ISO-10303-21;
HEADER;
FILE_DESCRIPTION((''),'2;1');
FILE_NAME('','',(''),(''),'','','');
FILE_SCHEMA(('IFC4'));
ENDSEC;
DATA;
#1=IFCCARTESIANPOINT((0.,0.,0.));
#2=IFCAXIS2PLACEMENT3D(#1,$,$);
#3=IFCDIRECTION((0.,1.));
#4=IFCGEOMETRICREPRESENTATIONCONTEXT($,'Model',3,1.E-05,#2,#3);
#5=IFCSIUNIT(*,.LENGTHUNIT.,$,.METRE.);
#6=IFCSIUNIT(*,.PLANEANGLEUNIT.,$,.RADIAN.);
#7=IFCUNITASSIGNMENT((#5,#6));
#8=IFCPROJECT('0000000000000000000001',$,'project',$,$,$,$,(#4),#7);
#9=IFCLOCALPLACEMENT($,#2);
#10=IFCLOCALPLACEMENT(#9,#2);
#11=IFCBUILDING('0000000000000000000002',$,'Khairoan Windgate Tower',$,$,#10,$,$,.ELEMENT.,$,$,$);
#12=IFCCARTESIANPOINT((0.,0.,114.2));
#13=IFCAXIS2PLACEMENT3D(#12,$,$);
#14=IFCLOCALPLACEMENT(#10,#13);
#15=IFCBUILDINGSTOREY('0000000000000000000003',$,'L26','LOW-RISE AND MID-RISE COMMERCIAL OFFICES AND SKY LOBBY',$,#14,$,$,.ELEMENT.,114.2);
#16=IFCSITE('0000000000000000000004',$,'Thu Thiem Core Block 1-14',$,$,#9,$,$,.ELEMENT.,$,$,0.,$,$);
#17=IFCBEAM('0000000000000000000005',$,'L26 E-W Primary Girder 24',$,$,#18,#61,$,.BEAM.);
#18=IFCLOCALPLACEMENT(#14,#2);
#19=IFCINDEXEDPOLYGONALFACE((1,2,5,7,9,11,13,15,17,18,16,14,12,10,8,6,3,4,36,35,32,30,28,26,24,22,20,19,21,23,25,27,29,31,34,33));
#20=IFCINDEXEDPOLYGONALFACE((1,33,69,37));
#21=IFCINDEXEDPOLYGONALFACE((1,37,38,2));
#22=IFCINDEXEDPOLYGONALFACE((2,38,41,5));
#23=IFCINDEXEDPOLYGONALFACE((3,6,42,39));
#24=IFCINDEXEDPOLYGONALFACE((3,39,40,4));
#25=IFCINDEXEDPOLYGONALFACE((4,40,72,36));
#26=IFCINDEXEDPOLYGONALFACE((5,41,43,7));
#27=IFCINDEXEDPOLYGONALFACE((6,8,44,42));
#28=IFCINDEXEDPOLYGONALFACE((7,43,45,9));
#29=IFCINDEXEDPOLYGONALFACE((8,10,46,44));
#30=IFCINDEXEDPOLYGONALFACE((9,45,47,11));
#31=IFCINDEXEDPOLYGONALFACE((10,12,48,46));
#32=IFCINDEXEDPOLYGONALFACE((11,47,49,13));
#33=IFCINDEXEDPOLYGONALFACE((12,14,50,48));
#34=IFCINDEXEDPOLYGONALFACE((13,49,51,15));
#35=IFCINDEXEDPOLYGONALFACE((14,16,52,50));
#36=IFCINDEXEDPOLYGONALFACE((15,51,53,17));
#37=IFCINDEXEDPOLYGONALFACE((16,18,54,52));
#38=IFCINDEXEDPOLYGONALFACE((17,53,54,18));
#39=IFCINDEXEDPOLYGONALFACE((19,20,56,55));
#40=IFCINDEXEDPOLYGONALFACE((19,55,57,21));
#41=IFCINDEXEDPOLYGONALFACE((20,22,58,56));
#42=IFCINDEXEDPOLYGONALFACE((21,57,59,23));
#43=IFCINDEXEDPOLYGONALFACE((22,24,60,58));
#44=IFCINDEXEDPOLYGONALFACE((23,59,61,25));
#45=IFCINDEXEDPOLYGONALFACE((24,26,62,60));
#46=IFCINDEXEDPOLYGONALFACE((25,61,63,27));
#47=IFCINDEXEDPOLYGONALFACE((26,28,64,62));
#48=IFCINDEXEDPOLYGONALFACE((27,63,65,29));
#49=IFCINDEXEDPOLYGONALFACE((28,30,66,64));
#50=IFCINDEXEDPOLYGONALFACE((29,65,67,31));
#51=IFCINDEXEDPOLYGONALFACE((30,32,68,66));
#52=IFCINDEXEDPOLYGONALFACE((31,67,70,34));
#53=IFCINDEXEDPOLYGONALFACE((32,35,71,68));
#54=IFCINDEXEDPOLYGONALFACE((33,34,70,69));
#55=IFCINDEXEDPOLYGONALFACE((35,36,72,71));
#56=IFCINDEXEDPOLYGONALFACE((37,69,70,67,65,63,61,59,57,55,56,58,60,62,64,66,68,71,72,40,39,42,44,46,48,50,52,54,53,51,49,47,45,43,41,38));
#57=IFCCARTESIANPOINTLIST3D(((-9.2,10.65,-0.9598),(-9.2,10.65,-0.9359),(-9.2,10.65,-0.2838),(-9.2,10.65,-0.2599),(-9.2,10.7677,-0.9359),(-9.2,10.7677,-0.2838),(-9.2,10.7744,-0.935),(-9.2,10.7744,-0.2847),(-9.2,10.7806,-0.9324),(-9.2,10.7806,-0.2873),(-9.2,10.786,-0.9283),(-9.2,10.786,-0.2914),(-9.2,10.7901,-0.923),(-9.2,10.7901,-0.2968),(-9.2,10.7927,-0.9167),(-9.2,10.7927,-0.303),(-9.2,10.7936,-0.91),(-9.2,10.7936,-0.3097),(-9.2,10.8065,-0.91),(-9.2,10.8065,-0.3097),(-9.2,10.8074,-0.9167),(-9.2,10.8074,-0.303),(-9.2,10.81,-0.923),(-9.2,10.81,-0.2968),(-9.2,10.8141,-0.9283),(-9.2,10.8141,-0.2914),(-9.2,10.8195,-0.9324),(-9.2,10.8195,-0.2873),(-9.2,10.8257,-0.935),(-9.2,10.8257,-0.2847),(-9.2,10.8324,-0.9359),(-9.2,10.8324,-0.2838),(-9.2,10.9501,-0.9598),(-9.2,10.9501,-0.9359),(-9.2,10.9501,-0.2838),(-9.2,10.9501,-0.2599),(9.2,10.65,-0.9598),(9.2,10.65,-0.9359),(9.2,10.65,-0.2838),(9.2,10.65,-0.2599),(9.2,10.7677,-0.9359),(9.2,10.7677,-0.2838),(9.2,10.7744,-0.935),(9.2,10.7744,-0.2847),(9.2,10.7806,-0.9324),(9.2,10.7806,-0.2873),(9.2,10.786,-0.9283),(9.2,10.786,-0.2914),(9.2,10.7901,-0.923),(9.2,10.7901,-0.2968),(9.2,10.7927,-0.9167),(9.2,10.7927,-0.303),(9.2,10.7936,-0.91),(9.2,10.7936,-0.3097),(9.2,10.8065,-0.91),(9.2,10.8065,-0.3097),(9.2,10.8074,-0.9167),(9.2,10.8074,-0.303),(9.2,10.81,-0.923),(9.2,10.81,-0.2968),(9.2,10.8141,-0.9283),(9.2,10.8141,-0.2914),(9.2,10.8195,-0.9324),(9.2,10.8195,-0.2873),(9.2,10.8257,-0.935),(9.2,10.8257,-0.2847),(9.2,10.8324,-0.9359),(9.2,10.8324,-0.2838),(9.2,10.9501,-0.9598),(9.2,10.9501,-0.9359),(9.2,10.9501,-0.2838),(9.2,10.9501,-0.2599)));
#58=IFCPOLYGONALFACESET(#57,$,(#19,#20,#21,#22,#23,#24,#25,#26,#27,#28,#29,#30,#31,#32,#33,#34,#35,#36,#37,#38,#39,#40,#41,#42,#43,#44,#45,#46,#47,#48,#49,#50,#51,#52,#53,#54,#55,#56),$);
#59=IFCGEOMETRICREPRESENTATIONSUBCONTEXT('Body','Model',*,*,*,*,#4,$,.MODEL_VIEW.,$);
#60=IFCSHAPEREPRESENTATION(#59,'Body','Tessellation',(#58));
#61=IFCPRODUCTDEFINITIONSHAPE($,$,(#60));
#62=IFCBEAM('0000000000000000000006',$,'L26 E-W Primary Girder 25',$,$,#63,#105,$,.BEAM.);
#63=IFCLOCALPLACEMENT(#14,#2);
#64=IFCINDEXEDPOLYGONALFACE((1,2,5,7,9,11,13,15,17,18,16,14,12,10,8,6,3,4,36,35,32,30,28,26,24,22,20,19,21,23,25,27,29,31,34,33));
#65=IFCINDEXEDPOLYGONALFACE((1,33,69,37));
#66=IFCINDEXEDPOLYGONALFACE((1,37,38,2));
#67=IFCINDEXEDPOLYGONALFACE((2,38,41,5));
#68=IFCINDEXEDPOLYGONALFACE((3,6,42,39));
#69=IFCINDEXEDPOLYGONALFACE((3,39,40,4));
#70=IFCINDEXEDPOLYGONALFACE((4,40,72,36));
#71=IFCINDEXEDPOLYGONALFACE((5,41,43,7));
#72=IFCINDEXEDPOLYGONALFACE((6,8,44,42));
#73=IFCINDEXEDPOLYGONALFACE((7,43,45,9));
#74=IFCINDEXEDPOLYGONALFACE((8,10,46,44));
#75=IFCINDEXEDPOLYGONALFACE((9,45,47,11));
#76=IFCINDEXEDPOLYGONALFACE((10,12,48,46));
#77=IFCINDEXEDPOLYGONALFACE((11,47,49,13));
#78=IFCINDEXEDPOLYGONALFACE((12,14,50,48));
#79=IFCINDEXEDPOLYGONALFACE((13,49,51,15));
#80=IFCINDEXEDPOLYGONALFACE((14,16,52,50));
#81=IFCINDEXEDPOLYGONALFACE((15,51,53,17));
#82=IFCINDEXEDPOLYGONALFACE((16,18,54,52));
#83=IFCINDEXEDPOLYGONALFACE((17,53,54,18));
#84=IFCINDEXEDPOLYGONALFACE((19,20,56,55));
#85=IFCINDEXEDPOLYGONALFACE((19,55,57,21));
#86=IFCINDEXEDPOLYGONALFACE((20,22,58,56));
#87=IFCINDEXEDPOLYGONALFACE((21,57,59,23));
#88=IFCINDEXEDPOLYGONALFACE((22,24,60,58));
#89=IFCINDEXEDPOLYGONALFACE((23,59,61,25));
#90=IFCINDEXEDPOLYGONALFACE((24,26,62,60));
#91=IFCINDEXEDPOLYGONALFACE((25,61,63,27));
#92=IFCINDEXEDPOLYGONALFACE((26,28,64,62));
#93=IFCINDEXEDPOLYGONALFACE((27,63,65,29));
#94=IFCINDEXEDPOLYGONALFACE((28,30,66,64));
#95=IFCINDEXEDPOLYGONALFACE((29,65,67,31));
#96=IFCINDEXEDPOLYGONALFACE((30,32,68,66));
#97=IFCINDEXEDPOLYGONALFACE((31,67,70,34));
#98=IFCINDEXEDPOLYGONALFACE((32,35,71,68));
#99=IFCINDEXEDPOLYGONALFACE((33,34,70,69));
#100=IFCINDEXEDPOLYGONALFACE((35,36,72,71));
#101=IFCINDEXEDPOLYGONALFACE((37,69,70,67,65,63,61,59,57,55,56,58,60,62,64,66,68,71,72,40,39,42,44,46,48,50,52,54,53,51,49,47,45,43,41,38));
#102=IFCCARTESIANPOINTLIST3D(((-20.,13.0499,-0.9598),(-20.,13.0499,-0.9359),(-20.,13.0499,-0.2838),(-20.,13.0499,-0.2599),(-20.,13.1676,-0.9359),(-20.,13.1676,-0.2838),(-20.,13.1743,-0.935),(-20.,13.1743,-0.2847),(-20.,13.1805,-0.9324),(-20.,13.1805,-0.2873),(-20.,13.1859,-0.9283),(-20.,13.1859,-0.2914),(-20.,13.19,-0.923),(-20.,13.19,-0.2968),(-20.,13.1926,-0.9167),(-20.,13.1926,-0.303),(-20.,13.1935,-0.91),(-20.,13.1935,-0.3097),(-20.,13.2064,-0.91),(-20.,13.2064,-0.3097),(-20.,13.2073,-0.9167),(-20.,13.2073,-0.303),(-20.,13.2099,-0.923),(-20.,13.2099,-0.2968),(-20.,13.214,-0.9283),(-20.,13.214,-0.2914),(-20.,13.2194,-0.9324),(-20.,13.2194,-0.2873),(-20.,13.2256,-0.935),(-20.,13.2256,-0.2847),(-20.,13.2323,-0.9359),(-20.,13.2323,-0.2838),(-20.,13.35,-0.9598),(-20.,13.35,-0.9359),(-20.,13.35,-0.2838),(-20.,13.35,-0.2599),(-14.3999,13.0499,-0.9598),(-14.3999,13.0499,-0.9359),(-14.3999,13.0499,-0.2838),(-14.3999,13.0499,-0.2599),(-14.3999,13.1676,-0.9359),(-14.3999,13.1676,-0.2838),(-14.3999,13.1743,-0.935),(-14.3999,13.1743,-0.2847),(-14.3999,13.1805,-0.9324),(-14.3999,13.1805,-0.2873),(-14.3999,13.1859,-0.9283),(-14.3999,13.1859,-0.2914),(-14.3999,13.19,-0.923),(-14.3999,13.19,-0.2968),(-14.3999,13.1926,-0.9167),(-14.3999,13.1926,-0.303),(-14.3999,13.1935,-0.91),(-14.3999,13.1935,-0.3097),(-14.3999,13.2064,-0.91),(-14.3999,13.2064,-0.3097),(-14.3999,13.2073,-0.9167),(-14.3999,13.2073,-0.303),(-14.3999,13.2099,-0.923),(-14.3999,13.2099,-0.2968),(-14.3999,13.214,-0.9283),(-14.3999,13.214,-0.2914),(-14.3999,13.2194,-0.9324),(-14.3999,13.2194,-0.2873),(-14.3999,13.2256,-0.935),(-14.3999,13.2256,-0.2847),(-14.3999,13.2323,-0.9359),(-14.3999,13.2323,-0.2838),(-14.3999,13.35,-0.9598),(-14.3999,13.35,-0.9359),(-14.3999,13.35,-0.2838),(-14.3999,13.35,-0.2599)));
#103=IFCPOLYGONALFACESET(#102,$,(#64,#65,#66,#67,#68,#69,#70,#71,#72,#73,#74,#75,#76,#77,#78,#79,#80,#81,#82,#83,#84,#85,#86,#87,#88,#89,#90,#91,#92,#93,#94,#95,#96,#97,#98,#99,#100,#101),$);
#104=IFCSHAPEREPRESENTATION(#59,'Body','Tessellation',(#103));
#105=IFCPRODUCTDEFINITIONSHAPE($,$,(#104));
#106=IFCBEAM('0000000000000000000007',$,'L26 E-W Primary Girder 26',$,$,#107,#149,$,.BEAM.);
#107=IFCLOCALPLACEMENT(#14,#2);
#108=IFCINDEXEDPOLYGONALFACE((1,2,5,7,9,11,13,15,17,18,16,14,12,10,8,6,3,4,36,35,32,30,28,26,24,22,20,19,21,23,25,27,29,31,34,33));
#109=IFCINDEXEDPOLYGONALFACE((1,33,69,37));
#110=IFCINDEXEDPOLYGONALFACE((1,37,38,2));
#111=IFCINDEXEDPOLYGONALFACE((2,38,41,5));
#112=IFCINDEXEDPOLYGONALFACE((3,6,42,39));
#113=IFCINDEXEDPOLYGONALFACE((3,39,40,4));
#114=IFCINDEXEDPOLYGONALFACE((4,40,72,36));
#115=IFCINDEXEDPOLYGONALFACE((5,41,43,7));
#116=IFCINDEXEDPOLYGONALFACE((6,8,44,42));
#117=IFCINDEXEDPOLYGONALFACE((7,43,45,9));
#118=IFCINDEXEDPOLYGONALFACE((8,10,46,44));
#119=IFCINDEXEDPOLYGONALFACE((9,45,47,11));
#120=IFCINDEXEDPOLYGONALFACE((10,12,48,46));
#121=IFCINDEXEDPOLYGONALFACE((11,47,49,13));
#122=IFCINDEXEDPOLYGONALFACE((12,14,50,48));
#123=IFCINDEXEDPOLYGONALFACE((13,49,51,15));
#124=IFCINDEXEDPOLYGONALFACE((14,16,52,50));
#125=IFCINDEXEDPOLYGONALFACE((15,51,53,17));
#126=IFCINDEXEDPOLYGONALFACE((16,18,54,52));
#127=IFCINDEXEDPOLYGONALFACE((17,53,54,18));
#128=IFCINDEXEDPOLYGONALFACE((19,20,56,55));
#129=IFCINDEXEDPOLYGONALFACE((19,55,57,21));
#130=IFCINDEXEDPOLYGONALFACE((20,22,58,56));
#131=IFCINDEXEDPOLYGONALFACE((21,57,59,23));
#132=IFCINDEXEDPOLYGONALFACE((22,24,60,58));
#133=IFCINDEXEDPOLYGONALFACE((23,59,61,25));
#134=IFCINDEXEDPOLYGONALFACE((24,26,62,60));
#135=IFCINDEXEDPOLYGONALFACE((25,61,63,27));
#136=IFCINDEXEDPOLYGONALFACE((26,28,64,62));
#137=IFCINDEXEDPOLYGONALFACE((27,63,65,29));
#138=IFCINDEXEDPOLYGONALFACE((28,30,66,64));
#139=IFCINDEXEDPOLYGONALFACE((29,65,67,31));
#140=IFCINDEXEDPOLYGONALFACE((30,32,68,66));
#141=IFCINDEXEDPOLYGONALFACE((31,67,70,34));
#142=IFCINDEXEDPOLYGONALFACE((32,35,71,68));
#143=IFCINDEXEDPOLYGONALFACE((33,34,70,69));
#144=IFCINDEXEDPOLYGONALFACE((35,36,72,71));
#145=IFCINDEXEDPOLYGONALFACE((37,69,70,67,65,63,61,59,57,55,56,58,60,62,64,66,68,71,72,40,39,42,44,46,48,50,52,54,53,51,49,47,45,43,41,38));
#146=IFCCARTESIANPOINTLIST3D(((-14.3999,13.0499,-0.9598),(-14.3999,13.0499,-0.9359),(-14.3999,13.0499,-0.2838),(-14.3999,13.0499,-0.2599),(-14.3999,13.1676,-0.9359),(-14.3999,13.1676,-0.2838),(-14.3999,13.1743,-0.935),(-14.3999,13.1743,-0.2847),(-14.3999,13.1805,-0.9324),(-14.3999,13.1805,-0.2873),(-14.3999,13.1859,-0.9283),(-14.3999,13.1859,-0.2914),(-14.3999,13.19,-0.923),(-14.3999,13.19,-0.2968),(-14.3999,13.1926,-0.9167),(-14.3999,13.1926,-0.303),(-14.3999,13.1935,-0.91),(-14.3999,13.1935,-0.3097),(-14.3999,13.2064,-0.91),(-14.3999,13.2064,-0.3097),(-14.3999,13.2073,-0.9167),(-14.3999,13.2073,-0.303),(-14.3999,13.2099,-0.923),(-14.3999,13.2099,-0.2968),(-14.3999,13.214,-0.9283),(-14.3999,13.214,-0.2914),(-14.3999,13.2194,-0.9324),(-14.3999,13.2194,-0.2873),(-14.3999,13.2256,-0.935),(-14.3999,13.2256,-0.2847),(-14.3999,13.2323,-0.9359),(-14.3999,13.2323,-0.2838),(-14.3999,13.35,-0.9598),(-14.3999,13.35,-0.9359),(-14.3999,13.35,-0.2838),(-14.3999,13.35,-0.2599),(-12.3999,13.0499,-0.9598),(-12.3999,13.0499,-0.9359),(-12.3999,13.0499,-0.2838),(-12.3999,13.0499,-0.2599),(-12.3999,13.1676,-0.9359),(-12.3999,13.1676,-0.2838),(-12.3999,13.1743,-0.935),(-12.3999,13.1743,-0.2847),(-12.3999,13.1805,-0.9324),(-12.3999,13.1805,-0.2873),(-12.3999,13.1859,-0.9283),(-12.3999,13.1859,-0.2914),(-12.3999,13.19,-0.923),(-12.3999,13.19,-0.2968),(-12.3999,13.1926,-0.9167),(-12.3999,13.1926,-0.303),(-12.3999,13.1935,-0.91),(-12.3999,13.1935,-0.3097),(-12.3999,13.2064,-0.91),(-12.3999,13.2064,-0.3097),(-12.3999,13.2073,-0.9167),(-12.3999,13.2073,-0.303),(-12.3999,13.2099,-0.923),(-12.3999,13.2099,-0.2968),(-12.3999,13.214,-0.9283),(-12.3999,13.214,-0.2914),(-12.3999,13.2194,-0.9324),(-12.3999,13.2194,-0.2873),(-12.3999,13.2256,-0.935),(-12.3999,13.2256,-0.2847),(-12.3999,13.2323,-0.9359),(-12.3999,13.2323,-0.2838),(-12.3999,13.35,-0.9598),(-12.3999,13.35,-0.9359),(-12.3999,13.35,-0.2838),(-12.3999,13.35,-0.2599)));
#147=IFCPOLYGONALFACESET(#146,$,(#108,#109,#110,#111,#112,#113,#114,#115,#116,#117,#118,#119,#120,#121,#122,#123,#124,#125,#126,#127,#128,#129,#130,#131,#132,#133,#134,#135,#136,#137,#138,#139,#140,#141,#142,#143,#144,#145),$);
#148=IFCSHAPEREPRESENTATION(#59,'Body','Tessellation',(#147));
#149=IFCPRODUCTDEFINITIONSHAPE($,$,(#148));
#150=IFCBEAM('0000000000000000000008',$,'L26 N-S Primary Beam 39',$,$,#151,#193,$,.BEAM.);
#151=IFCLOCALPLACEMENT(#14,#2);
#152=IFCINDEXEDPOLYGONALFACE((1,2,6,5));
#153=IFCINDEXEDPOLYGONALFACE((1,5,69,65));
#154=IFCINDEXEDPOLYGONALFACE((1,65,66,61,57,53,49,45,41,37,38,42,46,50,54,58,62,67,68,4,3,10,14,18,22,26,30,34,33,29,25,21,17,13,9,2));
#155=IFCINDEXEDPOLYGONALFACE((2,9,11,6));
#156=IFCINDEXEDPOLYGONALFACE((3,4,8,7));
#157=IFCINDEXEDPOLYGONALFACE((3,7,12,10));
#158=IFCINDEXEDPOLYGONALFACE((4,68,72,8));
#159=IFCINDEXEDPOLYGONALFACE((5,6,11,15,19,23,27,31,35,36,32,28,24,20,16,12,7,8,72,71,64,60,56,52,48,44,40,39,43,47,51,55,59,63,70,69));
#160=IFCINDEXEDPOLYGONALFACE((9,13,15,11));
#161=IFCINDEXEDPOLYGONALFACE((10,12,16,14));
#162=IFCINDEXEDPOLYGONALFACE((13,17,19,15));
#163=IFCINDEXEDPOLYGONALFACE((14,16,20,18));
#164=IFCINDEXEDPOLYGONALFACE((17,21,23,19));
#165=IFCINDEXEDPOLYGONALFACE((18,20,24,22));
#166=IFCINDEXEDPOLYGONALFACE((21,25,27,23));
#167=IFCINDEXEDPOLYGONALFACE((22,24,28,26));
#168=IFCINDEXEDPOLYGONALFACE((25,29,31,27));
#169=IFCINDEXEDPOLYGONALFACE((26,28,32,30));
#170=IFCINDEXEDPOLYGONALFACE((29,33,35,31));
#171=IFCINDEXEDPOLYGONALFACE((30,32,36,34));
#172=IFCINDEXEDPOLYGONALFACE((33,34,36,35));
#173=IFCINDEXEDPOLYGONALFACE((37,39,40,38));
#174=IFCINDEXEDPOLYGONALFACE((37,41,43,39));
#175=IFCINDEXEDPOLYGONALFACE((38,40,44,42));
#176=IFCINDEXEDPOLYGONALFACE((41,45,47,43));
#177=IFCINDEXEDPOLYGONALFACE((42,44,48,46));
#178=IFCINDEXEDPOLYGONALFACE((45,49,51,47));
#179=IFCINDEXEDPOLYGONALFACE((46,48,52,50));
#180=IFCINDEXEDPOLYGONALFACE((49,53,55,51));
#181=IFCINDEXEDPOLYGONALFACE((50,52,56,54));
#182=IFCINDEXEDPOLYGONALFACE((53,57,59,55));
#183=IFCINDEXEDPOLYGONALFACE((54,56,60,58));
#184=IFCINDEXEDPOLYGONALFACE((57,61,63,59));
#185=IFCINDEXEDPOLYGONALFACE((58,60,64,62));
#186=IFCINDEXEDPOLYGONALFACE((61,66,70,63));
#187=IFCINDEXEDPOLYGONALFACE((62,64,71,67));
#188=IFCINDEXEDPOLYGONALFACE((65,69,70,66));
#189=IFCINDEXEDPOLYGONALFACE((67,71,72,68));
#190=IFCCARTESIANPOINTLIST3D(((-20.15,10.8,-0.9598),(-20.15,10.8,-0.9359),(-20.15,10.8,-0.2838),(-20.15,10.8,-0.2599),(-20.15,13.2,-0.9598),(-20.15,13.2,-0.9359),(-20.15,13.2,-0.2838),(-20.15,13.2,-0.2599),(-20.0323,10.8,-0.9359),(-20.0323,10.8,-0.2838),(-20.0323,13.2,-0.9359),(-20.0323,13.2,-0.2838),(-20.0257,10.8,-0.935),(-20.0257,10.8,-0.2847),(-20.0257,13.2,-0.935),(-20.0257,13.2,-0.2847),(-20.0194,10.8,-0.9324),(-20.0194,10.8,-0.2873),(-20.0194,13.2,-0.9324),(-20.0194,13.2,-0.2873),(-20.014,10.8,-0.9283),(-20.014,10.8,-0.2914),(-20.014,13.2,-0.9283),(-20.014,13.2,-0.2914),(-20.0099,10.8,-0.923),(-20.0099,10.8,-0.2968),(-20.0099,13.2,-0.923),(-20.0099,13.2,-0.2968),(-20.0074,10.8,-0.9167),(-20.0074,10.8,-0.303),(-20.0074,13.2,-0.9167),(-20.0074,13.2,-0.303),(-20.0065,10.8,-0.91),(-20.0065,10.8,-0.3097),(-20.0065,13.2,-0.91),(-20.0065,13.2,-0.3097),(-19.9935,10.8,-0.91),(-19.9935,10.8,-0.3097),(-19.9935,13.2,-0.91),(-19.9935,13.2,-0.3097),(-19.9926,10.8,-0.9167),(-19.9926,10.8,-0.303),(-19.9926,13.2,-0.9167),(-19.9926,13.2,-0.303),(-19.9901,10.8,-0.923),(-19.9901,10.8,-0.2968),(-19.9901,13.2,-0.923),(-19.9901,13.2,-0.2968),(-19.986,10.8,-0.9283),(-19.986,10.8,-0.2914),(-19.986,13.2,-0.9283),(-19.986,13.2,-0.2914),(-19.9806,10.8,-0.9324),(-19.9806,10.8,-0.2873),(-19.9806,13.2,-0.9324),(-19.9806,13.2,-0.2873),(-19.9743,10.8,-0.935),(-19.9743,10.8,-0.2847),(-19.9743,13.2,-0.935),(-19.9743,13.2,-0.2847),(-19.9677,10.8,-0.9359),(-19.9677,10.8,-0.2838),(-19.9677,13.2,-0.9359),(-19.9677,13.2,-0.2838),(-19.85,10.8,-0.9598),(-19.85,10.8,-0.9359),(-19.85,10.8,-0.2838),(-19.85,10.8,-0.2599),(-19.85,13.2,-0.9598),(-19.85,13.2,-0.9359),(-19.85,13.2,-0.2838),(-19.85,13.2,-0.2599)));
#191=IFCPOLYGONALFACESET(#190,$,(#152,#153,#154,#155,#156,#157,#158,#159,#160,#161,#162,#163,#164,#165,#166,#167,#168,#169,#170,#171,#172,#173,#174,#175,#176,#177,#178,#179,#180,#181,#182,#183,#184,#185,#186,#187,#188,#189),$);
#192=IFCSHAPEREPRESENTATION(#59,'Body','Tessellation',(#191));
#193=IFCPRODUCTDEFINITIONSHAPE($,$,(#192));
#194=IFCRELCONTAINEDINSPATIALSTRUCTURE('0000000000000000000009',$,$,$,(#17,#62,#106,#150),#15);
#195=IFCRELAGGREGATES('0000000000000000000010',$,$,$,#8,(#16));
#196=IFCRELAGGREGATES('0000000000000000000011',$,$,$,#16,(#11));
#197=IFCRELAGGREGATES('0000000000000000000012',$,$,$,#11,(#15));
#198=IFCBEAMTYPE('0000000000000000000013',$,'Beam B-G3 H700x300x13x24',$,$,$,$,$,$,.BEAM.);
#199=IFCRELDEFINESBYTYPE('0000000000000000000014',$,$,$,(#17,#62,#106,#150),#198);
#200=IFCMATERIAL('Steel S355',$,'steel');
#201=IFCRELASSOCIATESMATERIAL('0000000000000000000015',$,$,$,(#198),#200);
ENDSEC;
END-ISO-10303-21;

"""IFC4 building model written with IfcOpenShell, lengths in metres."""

from ifc_helpers import new_model, si_unit, direction, frame, origin, origin_2d, place, context, subcontext, project, spatial, i_section, extrude, material, material_profile, profile_set, type_object, element, save


model = new_model("IFC4")

# Units and contexts
model_context = context("Model", 3, precision=1e-05, world=origin(), true_north=direction((0.0, 1.0)))
body_context = subcontext(model_context, "Body", "Model", "MODEL_VIEW")
ifc_project = project(units=[si_unit("LENGTHUNIT", "METRE"), si_unit("PLANEANGLEUNIT", "RADIAN")], contexts=[model_context])

# Site, building, storey
site_placement = place(None, origin())
site = spatial("IfcSite", under=ifc_project, at=site_placement, Name="Thu Thiem Core Block 1-14", CompositionType="ELEMENT", RefElevation=0.0)
building_placement = place(site_placement, origin())
building = spatial("IfcBuilding", under=site, at=building_placement, Name="Khairoan Windgate Tower", CompositionType="ELEMENT")
storey_placement = place(building_placement, frame((0.0, 0.0, 114.2)))
storey = spatial("IfcBuildingStorey", under=building, at=storey_placement, Name="L26", Description="LOW-RISE AND MID-RISE COMMERCIAL OFFICES AND SKY LOBBY", CompositionType="ELEMENT", Elevation=114.2)

# Beams
ifc_material_1 = material(Name="Steel S355", Category="steel")
ifc_material_profile_1 = material_profile(ifc_material_1, i_section(OverallWidth=0.3, OverallDepth=0.7, WebThickness=0.0129, FlangeThickness=0.0239, FilletRadius=0.0259, at=origin_2d()))
ifc_profile_set_1 = profile_set([ifc_material_profile_1], Name="Steel S355")
beam_type_1 = type_object("IfcBeamType", Name="Beam B-G3 H700x300x13x24", PredefinedType="BEAM", material=ifc_profile_set_1)
beam_1_placement = place(storey_placement, frame((-9.2, 10.8, -0.6099), z_axis=(1.0, 0.0, 0.0), x_axis=(0.0, 1.0, 0.0)))
element("IfcBeam", 1, at=beam_1_placement, inside=storey, type_object=beam_type_1, Name="L26 E-W Primary Girder 24", PredefinedType="BEAM", context=body_context, shape_type="SweptSolid", body=[
    extrude(i_section(OverallWidth=0.3, OverallDepth=0.7, WebThickness=0.0129, FlangeThickness=0.0239, FilletRadius=0.0259, at=origin_2d()), origin(), (0.0, 0.0, 1.0), 18.3999),
])
beam_2_placement = place(storey_placement, frame((-20.0, 13.2, -0.6099), z_axis=(1.0, 0.0, 0.0), x_axis=(0.0, 1.0, 0.0)))
element("IfcBeam", 2, at=beam_2_placement, inside=storey, type_object=beam_type_1, Name="L26 E-W Primary Girder 25", PredefinedType="BEAM", context=body_context, shape_type="SweptSolid", body=[
    extrude(i_section(OverallWidth=0.3, OverallDepth=0.7, WebThickness=0.0129, FlangeThickness=0.0239, FilletRadius=0.0259, at=origin_2d()), origin(), (0.0, 0.0, 1.0), 5.6001),
])
beam_3_placement = place(storey_placement, frame((-14.3999, 13.2, -0.6099), z_axis=(1.0, 0.0, 0.0), x_axis=(0.0, 1.0, 0.0)))
element("IfcBeam", 3, at=beam_3_placement, inside=storey, type_object=beam_type_1, Name="L26 E-W Primary Girder 26", PredefinedType="BEAM", context=body_context, shape_type="SweptSolid", body=[
    extrude(i_section(OverallWidth=0.3, OverallDepth=0.7, WebThickness=0.0129, FlangeThickness=0.0239, FilletRadius=0.0259, at=origin_2d()), origin(), (0.0, 0.0, 1.0), 2.0),
])
beam_4_placement = place(storey_placement, frame((-20.0, 10.8, -0.6099), z_axis=(0.0, 1.0, 0.0), x_axis=(-1.0, 0.0, 0.0)))
element("IfcBeam", 4, at=beam_4_placement, inside=storey, type_object=beam_type_1, Name="L26 N-S Primary Beam 39", PredefinedType="BEAM", context=body_context, shape_type="SweptSolid", body=[
    extrude(i_section(OverallWidth=0.3, OverallDepth=0.7, WebThickness=0.0129, FlangeThickness=0.0239, FilletRadius=0.0259, at=origin_2d()), origin(), (0.0, 0.0, 1.0), 2.3999),
])

save(model, "model.ifc")
